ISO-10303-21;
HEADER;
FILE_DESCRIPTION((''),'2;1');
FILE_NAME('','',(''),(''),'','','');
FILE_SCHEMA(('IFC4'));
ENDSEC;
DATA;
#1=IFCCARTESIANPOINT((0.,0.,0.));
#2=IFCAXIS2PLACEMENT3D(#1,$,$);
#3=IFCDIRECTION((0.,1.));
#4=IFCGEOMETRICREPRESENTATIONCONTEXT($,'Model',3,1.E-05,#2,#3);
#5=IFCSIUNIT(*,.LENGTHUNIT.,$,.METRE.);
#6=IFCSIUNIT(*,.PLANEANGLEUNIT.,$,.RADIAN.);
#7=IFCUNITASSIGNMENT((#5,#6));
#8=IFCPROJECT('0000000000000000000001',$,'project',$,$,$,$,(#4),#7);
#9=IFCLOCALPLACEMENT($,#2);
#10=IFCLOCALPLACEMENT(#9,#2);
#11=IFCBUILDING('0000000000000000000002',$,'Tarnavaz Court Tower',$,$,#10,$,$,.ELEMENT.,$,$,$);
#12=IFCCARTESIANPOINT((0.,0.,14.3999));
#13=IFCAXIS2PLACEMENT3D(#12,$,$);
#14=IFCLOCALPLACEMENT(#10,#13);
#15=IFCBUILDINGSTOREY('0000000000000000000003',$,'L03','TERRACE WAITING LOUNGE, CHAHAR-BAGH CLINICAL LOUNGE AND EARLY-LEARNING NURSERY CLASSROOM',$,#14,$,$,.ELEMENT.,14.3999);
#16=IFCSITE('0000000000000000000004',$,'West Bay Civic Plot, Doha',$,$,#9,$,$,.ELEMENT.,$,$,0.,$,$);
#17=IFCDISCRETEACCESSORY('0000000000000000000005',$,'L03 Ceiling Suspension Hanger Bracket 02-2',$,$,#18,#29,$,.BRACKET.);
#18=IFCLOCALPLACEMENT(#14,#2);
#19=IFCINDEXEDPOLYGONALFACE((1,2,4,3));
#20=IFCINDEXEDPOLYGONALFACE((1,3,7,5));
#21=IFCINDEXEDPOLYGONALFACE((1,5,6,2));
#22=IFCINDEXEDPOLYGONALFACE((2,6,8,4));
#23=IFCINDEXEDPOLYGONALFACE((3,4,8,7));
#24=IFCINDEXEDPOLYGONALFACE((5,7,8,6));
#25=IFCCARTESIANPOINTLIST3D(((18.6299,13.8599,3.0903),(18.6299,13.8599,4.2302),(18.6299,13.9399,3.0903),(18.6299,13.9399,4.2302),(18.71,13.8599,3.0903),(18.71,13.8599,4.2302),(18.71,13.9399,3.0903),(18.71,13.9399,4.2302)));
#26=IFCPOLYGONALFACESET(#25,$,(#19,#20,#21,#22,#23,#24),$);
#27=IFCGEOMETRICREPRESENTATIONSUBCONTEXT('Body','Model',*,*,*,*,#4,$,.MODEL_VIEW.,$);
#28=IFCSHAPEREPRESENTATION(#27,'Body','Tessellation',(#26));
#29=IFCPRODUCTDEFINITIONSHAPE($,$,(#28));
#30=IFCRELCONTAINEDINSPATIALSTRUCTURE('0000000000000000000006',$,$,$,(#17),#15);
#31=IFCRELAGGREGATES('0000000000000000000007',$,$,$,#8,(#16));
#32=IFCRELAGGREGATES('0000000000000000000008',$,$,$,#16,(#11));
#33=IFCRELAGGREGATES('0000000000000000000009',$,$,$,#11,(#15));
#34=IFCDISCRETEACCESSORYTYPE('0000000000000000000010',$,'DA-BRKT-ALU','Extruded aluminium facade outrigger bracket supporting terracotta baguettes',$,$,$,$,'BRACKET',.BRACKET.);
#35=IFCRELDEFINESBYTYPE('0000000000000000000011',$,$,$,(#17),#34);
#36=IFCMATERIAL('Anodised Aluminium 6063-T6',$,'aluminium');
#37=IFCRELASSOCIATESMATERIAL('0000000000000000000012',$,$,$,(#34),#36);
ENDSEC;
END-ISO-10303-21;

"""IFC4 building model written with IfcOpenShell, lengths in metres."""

from ifc_helpers import new_model, si_unit, direction, frame, origin, origin_2d, place, context, subcontext, project, spatial, rectangle, extrude, material, type_object, element, save


model = new_model("IFC4")

# Units and contexts
model_context = context("Model", 3, precision=1e-05, world=origin(), true_north=direction((0.0, 1.0)))
body_context = subcontext(model_context, "Body", "Model", "MODEL_VIEW")
ifc_project = project(units=[si_unit("LENGTHUNIT", "METRE"), si_unit("PLANEANGLEUNIT", "RADIAN")], contexts=[model_context])

# Site, building, storey
site_placement = place(None, origin())
site = spatial("IfcSite", under=ifc_project, at=site_placement, Name="West Bay Civic Plot, Doha", CompositionType="ELEMENT", RefElevation=0.0)
building_placement = place(site_placement, origin())
building = spatial("IfcBuilding", under=site, at=building_placement, Name="Tarnavaz Court Tower", CompositionType="ELEMENT")
storey_placement = place(building_placement, frame((0.0, 0.0, 14.3999)))
storey = spatial("IfcBuildingStorey", under=building, at=storey_placement, Name="L03", Description="TERRACE WAITING LOUNGE, CHAHAR-BAGH CLINICAL LOUNGE AND EARLY-LEARNING NURSERY CLASSROOM", CompositionType="ELEMENT", Elevation=14.3999)

# Discrete accessory
ifc_material_1 = material(Name="Anodised Aluminium 6063-T6", Category="aluminium")
discrete_accessory_type = type_object("IfcDiscreteAccessoryType", Name="DA-BRKT-ALU", Description="Extruded aluminium facade outrigger bracket supporting terracotta baguettes", ElementType="BRACKET", PredefinedType="BRACKET", material=ifc_material_1)
for number, where, z_axis, x_axis, name in (
    (1, (18.6699, 13.8999, 3.0903), (0.0, 0.0, 1.0), (1.0, 0.0, 0.0), "L03 Ceiling Suspension Hanger Bracket 02-2"),
):
    element("IfcDiscreteAccessory", number, at=place(storey_placement, frame(where, z_axis=z_axis, x_axis=x_axis)), inside=storey, type_object=discrete_accessory_type, Name=name, PredefinedType="BRACKET", context=body_context, shape_type="SweptSolid", body=[
        extrude(rectangle(XDim=0.0801, YDim=0.0801, at=origin_2d()), origin(), (0.0, 0.0, 1.0), 1.1399),
    ])

save(model, "model.ifc")
